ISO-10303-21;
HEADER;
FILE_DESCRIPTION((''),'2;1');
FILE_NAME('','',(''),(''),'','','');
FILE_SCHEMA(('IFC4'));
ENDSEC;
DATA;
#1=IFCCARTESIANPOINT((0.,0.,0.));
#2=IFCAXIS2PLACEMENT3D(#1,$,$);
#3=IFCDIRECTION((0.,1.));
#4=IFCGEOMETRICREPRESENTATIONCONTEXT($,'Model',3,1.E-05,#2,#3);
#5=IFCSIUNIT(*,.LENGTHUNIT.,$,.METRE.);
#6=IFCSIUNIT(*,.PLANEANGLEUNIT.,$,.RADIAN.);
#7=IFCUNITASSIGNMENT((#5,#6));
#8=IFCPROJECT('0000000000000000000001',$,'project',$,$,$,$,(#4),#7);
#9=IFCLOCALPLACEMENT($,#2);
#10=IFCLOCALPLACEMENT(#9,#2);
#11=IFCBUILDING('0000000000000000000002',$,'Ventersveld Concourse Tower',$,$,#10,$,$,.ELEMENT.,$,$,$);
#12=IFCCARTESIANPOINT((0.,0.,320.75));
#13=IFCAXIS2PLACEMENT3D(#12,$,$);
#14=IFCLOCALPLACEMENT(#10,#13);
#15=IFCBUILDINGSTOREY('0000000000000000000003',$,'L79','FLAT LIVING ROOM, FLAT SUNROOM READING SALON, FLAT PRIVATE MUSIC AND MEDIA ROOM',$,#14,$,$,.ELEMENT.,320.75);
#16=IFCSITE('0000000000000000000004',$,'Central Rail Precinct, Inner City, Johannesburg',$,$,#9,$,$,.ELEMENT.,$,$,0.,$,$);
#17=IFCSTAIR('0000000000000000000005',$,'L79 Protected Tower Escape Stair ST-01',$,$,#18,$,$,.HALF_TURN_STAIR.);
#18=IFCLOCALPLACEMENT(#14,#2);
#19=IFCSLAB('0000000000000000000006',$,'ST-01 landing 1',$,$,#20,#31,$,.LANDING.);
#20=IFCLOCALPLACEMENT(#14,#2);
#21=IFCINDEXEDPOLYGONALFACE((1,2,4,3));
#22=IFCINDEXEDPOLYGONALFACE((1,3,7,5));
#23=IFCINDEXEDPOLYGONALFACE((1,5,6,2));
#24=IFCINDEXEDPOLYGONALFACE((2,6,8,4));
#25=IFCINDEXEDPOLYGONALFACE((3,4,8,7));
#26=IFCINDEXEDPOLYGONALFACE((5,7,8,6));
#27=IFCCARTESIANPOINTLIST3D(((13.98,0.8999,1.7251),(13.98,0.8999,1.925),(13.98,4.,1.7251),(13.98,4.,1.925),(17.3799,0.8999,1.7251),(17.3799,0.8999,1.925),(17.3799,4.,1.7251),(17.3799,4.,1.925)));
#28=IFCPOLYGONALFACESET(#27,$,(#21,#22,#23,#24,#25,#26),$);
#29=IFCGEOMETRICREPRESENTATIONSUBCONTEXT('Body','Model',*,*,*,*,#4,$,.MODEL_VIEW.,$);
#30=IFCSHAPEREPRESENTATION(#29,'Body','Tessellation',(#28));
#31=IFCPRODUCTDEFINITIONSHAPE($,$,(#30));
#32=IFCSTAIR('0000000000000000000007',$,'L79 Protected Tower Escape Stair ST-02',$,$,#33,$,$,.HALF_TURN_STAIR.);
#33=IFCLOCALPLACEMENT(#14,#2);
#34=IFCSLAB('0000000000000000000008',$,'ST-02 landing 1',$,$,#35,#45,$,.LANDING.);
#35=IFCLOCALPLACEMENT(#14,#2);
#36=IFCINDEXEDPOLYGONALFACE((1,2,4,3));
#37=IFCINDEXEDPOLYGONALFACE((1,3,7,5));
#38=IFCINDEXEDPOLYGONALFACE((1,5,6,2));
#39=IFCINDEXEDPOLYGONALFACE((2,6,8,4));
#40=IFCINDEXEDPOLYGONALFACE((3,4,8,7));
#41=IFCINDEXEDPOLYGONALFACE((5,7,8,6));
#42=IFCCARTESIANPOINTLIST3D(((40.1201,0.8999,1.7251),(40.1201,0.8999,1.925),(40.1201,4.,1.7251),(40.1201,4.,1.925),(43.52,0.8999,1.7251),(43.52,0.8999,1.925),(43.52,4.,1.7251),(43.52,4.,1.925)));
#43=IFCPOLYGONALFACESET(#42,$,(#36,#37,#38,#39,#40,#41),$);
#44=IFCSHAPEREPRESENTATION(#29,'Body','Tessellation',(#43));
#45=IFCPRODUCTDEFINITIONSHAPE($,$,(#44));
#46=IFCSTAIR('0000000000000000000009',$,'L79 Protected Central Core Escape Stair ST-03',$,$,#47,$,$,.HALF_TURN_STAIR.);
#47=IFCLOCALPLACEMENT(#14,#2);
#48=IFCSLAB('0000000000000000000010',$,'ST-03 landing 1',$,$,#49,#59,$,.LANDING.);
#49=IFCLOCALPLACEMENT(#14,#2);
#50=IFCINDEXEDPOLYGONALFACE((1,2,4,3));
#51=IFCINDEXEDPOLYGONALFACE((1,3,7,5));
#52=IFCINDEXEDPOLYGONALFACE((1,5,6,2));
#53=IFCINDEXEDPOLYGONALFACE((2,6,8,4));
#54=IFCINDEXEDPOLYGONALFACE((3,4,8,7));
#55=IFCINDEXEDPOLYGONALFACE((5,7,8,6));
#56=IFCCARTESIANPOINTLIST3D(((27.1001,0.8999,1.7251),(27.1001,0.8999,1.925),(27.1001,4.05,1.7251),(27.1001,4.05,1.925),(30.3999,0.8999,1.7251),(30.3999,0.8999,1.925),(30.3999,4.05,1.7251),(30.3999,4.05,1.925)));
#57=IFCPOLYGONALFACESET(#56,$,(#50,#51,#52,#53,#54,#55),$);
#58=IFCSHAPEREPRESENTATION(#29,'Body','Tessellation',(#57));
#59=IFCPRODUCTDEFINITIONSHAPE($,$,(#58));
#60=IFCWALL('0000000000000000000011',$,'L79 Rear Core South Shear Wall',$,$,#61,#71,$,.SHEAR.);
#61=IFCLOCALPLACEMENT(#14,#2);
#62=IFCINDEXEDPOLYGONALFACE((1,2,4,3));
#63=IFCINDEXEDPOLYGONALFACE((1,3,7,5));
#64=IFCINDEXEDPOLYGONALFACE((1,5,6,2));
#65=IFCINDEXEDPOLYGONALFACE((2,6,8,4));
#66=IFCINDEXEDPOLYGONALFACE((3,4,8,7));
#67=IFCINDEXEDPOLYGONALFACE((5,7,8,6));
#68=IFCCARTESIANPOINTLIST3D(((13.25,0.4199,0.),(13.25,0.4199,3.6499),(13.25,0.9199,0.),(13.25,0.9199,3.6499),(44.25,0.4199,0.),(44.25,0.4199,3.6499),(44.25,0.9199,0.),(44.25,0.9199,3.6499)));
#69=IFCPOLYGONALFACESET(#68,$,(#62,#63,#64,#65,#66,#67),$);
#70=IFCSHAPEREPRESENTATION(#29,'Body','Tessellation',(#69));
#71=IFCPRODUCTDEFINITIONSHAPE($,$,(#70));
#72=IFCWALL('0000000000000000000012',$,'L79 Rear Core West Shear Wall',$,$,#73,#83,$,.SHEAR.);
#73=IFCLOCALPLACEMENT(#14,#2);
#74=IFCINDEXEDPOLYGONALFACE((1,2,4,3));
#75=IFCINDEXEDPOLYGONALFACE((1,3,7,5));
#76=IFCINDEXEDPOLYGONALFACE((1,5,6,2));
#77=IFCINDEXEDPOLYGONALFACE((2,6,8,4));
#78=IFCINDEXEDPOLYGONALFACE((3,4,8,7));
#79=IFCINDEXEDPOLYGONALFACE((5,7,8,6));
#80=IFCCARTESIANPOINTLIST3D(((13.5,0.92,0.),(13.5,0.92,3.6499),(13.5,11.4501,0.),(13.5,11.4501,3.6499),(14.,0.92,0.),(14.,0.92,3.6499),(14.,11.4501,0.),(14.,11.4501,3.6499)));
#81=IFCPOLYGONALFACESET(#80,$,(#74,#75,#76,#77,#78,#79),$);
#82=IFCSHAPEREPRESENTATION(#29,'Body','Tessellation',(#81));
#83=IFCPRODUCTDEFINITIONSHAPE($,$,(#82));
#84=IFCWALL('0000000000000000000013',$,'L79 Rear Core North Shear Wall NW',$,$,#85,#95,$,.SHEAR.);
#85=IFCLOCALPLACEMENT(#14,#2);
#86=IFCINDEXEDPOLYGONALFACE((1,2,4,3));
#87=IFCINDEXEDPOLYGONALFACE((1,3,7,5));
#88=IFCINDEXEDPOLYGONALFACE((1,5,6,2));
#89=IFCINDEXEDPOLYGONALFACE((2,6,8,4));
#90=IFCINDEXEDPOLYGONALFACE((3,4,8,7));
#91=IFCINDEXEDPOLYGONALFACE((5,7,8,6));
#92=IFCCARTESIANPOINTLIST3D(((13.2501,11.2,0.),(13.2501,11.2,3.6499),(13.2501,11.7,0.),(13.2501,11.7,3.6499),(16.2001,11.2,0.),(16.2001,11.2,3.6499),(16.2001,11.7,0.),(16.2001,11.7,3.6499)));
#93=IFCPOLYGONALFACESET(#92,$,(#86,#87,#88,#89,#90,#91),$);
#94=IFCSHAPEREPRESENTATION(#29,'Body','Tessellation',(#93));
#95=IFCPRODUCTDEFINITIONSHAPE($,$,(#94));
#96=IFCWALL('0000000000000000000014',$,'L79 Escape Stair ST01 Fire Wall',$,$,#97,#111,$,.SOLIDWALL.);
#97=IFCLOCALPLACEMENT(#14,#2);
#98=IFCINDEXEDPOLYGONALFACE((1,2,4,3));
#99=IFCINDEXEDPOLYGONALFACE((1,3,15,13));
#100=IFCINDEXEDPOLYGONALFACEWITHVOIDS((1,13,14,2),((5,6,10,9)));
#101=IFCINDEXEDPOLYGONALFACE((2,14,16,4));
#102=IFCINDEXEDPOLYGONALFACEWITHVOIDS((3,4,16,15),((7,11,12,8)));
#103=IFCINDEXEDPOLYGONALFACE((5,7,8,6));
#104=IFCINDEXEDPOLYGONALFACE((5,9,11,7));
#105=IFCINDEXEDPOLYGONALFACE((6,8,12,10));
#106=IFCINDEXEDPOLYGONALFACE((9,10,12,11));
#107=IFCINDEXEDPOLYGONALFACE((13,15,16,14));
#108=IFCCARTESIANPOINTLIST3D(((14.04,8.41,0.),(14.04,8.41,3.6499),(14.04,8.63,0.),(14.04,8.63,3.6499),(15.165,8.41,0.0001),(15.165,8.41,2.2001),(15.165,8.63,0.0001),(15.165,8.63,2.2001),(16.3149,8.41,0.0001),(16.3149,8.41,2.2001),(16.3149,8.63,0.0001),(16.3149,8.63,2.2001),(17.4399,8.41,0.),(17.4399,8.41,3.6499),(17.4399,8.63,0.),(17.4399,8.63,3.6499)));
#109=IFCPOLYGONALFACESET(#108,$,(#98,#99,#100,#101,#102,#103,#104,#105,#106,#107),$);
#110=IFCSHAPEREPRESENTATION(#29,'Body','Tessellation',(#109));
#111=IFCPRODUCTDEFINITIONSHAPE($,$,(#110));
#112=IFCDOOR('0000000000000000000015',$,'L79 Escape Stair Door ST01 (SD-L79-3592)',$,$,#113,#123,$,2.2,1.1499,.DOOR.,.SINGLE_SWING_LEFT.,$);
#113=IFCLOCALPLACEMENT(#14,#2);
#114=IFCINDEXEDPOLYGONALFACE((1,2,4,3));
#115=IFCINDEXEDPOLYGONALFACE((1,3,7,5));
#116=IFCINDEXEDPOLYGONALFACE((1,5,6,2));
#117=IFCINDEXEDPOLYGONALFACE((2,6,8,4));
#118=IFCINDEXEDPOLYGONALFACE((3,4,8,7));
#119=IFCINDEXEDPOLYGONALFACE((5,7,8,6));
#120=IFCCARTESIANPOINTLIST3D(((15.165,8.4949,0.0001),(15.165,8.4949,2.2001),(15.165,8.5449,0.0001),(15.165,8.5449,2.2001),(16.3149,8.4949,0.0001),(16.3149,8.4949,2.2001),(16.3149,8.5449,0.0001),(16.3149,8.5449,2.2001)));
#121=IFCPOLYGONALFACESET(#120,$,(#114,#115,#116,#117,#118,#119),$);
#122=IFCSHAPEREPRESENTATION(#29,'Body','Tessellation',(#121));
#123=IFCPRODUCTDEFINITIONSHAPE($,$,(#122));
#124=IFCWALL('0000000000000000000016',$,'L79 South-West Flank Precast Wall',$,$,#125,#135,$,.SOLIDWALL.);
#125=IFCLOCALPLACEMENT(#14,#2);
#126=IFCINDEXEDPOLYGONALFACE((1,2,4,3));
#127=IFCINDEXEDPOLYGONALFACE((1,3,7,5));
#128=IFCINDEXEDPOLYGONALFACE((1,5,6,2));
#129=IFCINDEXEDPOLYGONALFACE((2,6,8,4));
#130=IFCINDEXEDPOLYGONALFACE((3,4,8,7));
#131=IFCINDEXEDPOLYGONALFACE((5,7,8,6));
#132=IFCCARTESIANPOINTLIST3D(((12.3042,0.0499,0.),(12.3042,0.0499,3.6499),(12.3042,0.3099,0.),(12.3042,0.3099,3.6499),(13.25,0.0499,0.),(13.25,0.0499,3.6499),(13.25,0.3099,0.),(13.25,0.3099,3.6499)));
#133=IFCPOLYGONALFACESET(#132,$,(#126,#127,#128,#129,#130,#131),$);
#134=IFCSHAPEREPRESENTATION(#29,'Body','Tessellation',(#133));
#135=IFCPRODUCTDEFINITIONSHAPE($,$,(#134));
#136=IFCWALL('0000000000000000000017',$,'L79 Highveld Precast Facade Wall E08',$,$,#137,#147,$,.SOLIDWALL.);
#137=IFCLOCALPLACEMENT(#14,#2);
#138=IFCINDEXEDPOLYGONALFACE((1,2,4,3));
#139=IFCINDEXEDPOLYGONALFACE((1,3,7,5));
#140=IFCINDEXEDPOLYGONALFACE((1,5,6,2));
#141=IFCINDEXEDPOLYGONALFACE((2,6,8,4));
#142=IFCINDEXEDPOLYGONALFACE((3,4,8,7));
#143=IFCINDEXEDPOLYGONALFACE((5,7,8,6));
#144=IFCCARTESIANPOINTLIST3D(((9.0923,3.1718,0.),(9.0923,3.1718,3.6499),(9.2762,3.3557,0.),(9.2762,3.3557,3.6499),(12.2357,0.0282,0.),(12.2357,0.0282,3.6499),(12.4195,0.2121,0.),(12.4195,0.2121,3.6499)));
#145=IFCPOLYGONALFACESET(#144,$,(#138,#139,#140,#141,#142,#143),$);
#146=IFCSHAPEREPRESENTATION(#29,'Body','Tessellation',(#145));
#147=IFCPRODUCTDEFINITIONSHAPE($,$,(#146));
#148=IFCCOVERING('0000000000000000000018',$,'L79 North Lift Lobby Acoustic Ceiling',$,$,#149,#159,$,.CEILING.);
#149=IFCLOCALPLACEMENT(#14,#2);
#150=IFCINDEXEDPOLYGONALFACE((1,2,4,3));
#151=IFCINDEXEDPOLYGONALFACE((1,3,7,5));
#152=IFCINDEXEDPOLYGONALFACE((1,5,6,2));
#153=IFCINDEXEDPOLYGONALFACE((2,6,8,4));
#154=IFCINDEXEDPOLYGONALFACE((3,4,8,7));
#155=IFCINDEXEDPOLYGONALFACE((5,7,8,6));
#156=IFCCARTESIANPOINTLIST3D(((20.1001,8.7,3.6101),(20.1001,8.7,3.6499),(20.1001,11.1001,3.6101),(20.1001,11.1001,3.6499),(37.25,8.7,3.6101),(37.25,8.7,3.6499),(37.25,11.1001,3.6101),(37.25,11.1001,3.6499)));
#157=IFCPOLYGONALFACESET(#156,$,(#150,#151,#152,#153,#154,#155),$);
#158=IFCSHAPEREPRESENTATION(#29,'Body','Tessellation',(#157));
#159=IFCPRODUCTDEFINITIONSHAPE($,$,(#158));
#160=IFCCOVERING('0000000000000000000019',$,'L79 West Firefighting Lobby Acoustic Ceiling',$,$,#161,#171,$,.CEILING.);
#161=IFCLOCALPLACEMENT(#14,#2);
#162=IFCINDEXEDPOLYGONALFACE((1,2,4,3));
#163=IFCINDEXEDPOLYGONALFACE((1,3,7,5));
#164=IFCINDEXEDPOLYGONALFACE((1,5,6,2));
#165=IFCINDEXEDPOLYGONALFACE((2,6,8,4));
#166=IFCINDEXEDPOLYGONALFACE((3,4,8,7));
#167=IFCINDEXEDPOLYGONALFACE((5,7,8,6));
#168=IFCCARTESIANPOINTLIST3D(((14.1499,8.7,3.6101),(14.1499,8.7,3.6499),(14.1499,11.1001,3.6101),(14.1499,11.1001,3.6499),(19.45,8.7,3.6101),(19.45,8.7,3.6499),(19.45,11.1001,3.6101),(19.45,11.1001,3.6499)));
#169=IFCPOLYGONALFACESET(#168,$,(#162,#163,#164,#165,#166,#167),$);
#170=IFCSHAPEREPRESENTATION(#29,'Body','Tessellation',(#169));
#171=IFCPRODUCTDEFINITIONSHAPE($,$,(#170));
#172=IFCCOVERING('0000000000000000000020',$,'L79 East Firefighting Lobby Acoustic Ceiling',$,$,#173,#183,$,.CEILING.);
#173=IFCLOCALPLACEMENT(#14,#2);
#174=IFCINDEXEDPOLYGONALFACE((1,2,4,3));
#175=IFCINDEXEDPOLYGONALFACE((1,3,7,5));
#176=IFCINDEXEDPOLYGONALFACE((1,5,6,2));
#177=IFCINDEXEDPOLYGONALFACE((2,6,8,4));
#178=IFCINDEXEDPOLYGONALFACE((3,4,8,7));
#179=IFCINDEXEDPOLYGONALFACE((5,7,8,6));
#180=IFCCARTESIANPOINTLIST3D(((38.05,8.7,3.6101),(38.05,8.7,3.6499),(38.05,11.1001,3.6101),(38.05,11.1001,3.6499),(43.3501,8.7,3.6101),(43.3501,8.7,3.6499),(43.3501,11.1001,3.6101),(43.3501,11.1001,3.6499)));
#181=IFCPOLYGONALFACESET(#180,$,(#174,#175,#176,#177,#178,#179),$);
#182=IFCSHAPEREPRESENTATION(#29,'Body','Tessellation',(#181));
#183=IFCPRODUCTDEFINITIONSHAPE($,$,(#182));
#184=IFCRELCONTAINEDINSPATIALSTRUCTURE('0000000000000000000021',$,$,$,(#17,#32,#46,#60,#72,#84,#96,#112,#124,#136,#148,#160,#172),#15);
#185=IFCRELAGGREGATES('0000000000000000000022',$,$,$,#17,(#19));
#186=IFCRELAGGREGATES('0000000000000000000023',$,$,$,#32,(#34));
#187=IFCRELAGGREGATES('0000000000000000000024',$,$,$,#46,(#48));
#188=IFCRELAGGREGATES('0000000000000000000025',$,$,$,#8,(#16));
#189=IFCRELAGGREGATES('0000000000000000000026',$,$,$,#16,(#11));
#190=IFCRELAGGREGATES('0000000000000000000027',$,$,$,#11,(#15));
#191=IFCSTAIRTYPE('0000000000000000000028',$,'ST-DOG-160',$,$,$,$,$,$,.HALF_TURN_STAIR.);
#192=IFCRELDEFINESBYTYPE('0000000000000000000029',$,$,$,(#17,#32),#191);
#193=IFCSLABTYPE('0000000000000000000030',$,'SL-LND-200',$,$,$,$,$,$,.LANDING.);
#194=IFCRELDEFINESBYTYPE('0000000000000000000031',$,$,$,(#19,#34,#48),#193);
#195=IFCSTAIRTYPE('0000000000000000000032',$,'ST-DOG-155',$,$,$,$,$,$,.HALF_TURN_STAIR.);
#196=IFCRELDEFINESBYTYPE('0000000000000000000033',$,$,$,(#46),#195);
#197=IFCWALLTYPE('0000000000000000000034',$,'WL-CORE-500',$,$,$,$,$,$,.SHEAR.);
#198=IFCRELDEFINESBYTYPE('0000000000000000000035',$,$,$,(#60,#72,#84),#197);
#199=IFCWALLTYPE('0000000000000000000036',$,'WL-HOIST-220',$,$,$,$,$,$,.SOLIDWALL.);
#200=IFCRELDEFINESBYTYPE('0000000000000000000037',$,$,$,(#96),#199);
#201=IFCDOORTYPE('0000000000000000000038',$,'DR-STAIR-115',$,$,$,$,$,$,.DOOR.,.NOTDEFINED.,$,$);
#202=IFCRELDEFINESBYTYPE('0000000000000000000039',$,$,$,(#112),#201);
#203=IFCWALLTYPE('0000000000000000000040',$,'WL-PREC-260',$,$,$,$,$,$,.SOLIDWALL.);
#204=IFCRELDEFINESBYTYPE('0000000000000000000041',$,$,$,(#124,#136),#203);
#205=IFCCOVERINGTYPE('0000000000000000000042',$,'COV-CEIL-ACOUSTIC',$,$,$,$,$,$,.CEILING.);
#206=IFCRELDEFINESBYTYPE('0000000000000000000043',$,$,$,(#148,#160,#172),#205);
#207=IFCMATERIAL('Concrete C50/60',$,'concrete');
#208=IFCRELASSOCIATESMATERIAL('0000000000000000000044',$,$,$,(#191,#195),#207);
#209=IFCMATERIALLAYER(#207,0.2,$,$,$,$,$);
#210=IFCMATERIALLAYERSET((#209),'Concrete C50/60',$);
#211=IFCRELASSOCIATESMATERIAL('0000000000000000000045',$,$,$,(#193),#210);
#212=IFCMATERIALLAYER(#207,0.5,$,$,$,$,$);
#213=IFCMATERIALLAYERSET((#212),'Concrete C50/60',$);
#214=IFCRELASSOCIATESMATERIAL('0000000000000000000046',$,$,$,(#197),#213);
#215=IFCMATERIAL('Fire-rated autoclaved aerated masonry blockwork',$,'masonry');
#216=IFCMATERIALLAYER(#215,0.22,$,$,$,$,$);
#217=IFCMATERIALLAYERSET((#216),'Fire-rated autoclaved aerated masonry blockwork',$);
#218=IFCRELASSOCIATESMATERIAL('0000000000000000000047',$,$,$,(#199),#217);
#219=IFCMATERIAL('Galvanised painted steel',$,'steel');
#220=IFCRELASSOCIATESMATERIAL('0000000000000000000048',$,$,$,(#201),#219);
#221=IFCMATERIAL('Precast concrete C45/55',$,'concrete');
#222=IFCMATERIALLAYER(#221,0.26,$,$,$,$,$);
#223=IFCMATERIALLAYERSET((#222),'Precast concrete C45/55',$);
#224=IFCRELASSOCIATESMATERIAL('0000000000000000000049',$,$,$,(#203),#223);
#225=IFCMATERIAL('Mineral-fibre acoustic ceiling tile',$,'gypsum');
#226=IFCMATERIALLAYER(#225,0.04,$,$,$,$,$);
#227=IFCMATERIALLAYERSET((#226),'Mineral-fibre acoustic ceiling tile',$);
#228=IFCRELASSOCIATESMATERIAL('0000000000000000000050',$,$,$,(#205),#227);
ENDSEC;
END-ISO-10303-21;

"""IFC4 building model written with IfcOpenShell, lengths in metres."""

from ifc_helpers import new_model, si_unit, direction, frame, frame_2d, origin, place, context, subcontext, project, spatial, polyline, rectangle, outline, extrude, material, layer, layer_set, type_object, element, fill, aggregate, save


model = new_model("IFC4")

# Units and contexts
model_context = context("Model", 3, precision=1e-05, world=origin(), true_north=direction((0.0, 1.0)))
body_context = subcontext(model_context, "Body", "Model", "MODEL_VIEW")
ifc_project = project(units=[si_unit("LENGTHUNIT", "METRE"), si_unit("PLANEANGLEUNIT", "RADIAN")], contexts=[model_context])

# Site, building, storey
site_placement = place(None, origin())
site = spatial("IfcSite", under=ifc_project, at=site_placement, Name="Central Rail Precinct, Inner City, Johannesburg", CompositionType="ELEMENT", RefElevation=0.0)
building_placement = place(site_placement, origin())
building = spatial("IfcBuilding", under=site, at=building_placement, Name="Ventersveld Concourse Tower", CompositionType="ELEMENT")
storey_placement = place(building_placement, frame((0.0, 0.0, 320.75)))
storey = spatial("IfcBuildingStorey", under=building, at=storey_placement, Name="L79", Description="FLAT LIVING ROOM, FLAT SUNROOM READING SALON, FLAT PRIVATE MUSIC AND MEDIA ROOM", CompositionType="ELEMENT", Elevation=320.75)

# Shared definitions
ifc_material_1 = material(Name="Concrete C50/60", Category="concrete")

# Stairs, slabs
stair_type_1 = type_object("IfcStairType", Name="ST-DOG-160", PredefinedType="HALF_TURN_STAIR", material=ifc_material_1)
stair_1_placement = place(storey_placement, origin())
stair_1 = element("IfcStair", 1, at=stair_1_placement, inside=storey, type_object=stair_type_1, Name="L79 Protected Tower Escape Stair ST-01", PredefinedType="HALF_TURN_STAIR")
ifc_layer_1 = layer(ifc_material_1, 0.2)
ifc_layer_set_1 = layer_set([ifc_layer_1], Name="Concrete C50/60")
slab_type_1 = type_object("IfcSlabType", Name="SL-LND-200", PredefinedType="LANDING", material=ifc_layer_set_1)
slab_1_placement = place(storey_placement, frame((0.0, 0.0, 1.7251)))
slab_1 = element("IfcSlab", 2, at=slab_1_placement, type_object=slab_type_1, Name="ST-01 landing 1", PredefinedType="LANDING", context=body_context, shape_type="SweptSolid", body=[
    extrude(outline(polyline([(13.98, 4.0), (13.98, 0.8999), (17.3799, 0.8999), (17.3799, 4.0), (13.98, 4.0)])), origin(), (0.0, 0.0, 1.0), 0.2),
])
aggregate(stair_1, [slab_1])
stair_2_placement = place(storey_placement, origin())
stair_2 = element("IfcStair", 3, at=stair_2_placement, inside=storey, type_object=stair_type_1, Name="L79 Protected Tower Escape Stair ST-02", PredefinedType="HALF_TURN_STAIR")
slab_2_placement = place(storey_placement, frame((0.0, 0.0, 1.7251)))
slab_2 = element("IfcSlab", 4, at=slab_2_placement, type_object=slab_type_1, Name="ST-02 landing 1", PredefinedType="LANDING", context=body_context, shape_type="SweptSolid", body=[
    extrude(outline(polyline([(40.1201, 4.0), (40.1201, 0.8999), (43.52, 0.8999), (43.52, 4.0), (40.1201, 4.0)])), origin(), (0.0, 0.0, 1.0), 0.2),
])
aggregate(stair_2, [slab_2])
stair_type_2 = type_object("IfcStairType", Name="ST-DOG-155", PredefinedType="HALF_TURN_STAIR", material=ifc_material_1)
stair_3_placement = place(storey_placement, origin())
stair_3 = element("IfcStair", 5, at=stair_3_placement, inside=storey, type_object=stair_type_2, Name="L79 Protected Central Core Escape Stair ST-03", PredefinedType="HALF_TURN_STAIR")
slab_3_placement = place(storey_placement, frame((0.0, 0.0, 1.7251)))
slab_3 = element("IfcSlab", 6, at=slab_3_placement, type_object=slab_type_1, Name="ST-03 landing 1", PredefinedType="LANDING", context=body_context, shape_type="SweptSolid", body=[
    extrude(outline(polyline([(27.1001, 4.05), (27.1001, 0.8999), (30.3999, 0.8999), (30.3999, 4.05), (27.1001, 4.05)])), origin(), (0.0, 0.0, 1.0), 0.2),
])
aggregate(stair_3, [slab_3])

# Walls
ifc_layer_2 = layer(ifc_material_1, 0.5)
ifc_layer_set_2 = layer_set([ifc_layer_2], Name="Concrete C50/60")
wall_type_1 = type_object("IfcWallType", Name="WL-CORE-500", PredefinedType="SHEAR", material=ifc_layer_set_2)
wall_1_placement = place(storey_placement, frame((13.25, 0.6699, 0.0), z_axis=(0.0, 0.0, 1.0), x_axis=(1.0, 0.0, 0.0)))
element("IfcWall", 7, at=wall_1_placement, inside=storey, type_object=wall_type_1, Name="L79 Rear Core South Shear Wall", PredefinedType="SHEAR", context=body_context, shape_type="SweptSolid", body=[
    extrude(rectangle(XDim=31.0, YDim=0.5, at=frame_2d((15.5, 0.0))), origin(), (0.0, 0.0, 1.0), 3.6499),
])
wall_2_placement = place(storey_placement, frame((13.75, 0.9199, 0.0), z_axis=(0.0, 0.0, 1.0), x_axis=(0.0, 1.0, 0.0)))
element("IfcWall", 8, at=wall_2_placement, inside=storey, type_object=wall_type_1, Name="L79 Rear Core West Shear Wall", PredefinedType="SHEAR", context=body_context, shape_type="SweptSolid", body=[
    extrude(rectangle(XDim=10.53, YDim=0.5, at=frame_2d((5.2651, 0.0))), origin(), (0.0, 0.0, 1.0), 3.6499),
])
wall_3_placement = place(storey_placement, frame((13.25, 11.45, 0.0), z_axis=(0.0, 0.0, 1.0), x_axis=(1.0, 0.0, 0.0)))
element("IfcWall", 9, at=wall_3_placement, inside=storey, type_object=wall_type_1, Name="L79 Rear Core North Shear Wall NW", PredefinedType="SHEAR", context=body_context, shape_type="SweptSolid", body=[
    extrude(rectangle(XDim=2.95, YDim=0.5, at=frame_2d((1.4751, 0.0))), origin(), (0.0, 0.0, 1.0), 3.6499),
])

# Wall, opening, door
ifc_material_2 = material(Name="Fire-rated autoclaved aerated masonry blockwork", Category="masonry")
ifc_layer_3 = layer(ifc_material_2, 0.22)
ifc_layer_set_3 = layer_set([ifc_layer_3], Name="Fire-rated autoclaved aerated masonry blockwork")
wall_type_2 = type_object("IfcWallType", Name="WL-HOIST-220", PredefinedType="SOLIDWALL", material=ifc_layer_set_3)
wall_4_placement = place(storey_placement, frame((14.04, 8.52, 0.0), z_axis=(0.0, 0.0, 1.0), x_axis=(1.0, 0.0, 0.0)))
wall_4 = element("IfcWall", 10, at=wall_4_placement, inside=storey, type_object=wall_type_2, Name="L79 Escape Stair ST01 Fire Wall", PredefinedType="SOLIDWALL", context=body_context, shape_type="SweptSolid", body=[
    extrude(rectangle(XDim=3.3999, YDim=0.22, at=frame_2d((1.7, 0.0))), origin(), (0.0, 0.0, 1.0), 3.6499),
])
opening_placement = place(wall_4_placement, frame((1.125, 0.0, 0.0)))
opening = element("IfcOpeningElement", 11, at=opening_placement, cuts=wall_4, PredefinedType="OPENING", context=body_context, shape_type="SweptSolid", body=[
    extrude(rectangle(XDim=1.1499, YDim=2.2, at=frame_2d((0.575, 1.1001))), frame((0.0, 0.1201, 0.0), z_axis=(0.0, -1.0, 0.0), x_axis=(1.0, 0.0, 0.0)), (0.0, 0.0, 1.0), 0.24),
])
ifc_material_3 = material(Name="Galvanised painted steel", Category="steel")
door_type = type_object("IfcDoorType", Name="DR-STAIR-115", OperationType="NOTDEFINED", PredefinedType="DOOR", material=ifc_material_3)
door_placement = place(opening_placement, origin())
door = element("IfcDoor", 12, at=door_placement, inside=storey, type_object=door_type, Name="L79 Escape Stair Door ST01 (SD-L79-3592)", OperationType="SINGLE_SWING_LEFT", OverallHeight=2.2, OverallWidth=1.1499, PredefinedType="DOOR", context=body_context, shape_type="SweptSolid", body=[
    extrude(rectangle(XDim=1.1499, YDim=2.2, at=frame_2d((0.575, 1.1001))), frame((0.0, 0.0249, 0.0), z_axis=(0.0, -1.0, 0.0), x_axis=(1.0, 0.0, 0.0)), (0.0, 0.0, 1.0), 0.05),
])
fill(opening, door)

# Walls
ifc_material_4 = material(Name="Precast concrete C45/55", Category="concrete")
ifc_layer_4 = layer(ifc_material_4, 0.26)
ifc_layer_set_4 = layer_set([ifc_layer_4], Name="Precast concrete C45/55")
wall_type_3 = type_object("IfcWallType", Name="WL-PREC-260", PredefinedType="SOLIDWALL", material=ifc_layer_set_4)
wall_5_placement = place(storey_placement, frame((12.3042, 0.1799, 0.0), z_axis=(0.0, 0.0, 1.0), x_axis=(1.0, 0.0, 0.0)))
element("IfcWall", 13, at=wall_5_placement, inside=storey, type_object=wall_type_3, Name="L79 South-West Flank Precast Wall", PredefinedType="SOLIDWALL", context=body_context, shape_type="SweptSolid", body=[
    extrude(rectangle(XDim=0.9458, YDim=0.26, at=frame_2d((0.4729, 0.0))), origin(), (0.0, 0.0, 1.0), 3.6499),
])
wall_6_placement = place(storey_placement, frame((9.1843, 3.2637, 0.0), z_axis=(0.0, 0.0, 1.0), x_axis=(0.707079, -0.707134, 0.0)))
element("IfcWall", 14, at=wall_6_placement, inside=storey, type_object=wall_type_3, Name="L79 Highveld Precast Facade Wall E08", PredefinedType="SOLIDWALL", context=body_context, shape_type="SweptSolid", body=[
    extrude(rectangle(XDim=4.4456, YDim=0.26, at=frame_2d((2.2227, 0.0))), origin(), (0.0, 0.0, 1.0), 3.6499),
])

# Coverings
ifc_material_5 = material(Name="Mineral-fibre acoustic ceiling tile", Category="gypsum")
ifc_layer_5 = layer(ifc_material_5, 0.04)
ifc_layer_set_5 = layer_set([ifc_layer_5], Name="Mineral-fibre acoustic ceiling tile")
covering_type_1 = type_object("IfcCoveringType", Name="COV-CEIL-ACOUSTIC", PredefinedType="CEILING", material=ifc_layer_set_5)
covering_1_placement = place(storey_placement, frame((0.0, 0.0, 3.6101)))
element("IfcCovering", 15, at=covering_1_placement, inside=storey, type_object=covering_type_1, Name="L79 North Lift Lobby Acoustic Ceiling", PredefinedType="CEILING", context=body_context, shape_type="SweptSolid", body=[
    extrude(outline(polyline([(20.1001, 8.7), (37.25, 8.7), (37.25, 11.1001), (20.1001, 11.1001), (20.1001, 8.7)])), origin(), (0.0, 0.0, 1.0), 0.0398),
])
covering_2_placement = place(storey_placement, frame((0.0, 0.0, 3.6101)))
element("IfcCovering", 16, at=covering_2_placement, inside=storey, type_object=covering_type_1, Name="L79 West Firefighting Lobby Acoustic Ceiling", PredefinedType="CEILING", context=body_context, shape_type="SweptSolid", body=[
    extrude(outline(polyline([(14.1499, 8.7), (19.45, 8.7), (19.45, 11.1001), (14.1499, 11.1001), (14.1499, 8.7)])), origin(), (0.0, 0.0, 1.0), 0.0398),
])
covering_3_placement = place(storey_placement, frame((0.0, 0.0, 3.6101)))
element("IfcCovering", 17, at=covering_3_placement, inside=storey, type_object=covering_type_1, Name="L79 East Firefighting Lobby Acoustic Ceiling", PredefinedType="CEILING", context=body_context, shape_type="SweptSolid", body=[
    extrude(outline(polyline([(38.05, 8.7), (43.3501, 8.7), (43.3501, 11.1001), (38.05, 11.1001), (38.05, 8.7)])), origin(), (0.0, 0.0, 1.0), 0.0398),
])

save(model, "model.ifc")
